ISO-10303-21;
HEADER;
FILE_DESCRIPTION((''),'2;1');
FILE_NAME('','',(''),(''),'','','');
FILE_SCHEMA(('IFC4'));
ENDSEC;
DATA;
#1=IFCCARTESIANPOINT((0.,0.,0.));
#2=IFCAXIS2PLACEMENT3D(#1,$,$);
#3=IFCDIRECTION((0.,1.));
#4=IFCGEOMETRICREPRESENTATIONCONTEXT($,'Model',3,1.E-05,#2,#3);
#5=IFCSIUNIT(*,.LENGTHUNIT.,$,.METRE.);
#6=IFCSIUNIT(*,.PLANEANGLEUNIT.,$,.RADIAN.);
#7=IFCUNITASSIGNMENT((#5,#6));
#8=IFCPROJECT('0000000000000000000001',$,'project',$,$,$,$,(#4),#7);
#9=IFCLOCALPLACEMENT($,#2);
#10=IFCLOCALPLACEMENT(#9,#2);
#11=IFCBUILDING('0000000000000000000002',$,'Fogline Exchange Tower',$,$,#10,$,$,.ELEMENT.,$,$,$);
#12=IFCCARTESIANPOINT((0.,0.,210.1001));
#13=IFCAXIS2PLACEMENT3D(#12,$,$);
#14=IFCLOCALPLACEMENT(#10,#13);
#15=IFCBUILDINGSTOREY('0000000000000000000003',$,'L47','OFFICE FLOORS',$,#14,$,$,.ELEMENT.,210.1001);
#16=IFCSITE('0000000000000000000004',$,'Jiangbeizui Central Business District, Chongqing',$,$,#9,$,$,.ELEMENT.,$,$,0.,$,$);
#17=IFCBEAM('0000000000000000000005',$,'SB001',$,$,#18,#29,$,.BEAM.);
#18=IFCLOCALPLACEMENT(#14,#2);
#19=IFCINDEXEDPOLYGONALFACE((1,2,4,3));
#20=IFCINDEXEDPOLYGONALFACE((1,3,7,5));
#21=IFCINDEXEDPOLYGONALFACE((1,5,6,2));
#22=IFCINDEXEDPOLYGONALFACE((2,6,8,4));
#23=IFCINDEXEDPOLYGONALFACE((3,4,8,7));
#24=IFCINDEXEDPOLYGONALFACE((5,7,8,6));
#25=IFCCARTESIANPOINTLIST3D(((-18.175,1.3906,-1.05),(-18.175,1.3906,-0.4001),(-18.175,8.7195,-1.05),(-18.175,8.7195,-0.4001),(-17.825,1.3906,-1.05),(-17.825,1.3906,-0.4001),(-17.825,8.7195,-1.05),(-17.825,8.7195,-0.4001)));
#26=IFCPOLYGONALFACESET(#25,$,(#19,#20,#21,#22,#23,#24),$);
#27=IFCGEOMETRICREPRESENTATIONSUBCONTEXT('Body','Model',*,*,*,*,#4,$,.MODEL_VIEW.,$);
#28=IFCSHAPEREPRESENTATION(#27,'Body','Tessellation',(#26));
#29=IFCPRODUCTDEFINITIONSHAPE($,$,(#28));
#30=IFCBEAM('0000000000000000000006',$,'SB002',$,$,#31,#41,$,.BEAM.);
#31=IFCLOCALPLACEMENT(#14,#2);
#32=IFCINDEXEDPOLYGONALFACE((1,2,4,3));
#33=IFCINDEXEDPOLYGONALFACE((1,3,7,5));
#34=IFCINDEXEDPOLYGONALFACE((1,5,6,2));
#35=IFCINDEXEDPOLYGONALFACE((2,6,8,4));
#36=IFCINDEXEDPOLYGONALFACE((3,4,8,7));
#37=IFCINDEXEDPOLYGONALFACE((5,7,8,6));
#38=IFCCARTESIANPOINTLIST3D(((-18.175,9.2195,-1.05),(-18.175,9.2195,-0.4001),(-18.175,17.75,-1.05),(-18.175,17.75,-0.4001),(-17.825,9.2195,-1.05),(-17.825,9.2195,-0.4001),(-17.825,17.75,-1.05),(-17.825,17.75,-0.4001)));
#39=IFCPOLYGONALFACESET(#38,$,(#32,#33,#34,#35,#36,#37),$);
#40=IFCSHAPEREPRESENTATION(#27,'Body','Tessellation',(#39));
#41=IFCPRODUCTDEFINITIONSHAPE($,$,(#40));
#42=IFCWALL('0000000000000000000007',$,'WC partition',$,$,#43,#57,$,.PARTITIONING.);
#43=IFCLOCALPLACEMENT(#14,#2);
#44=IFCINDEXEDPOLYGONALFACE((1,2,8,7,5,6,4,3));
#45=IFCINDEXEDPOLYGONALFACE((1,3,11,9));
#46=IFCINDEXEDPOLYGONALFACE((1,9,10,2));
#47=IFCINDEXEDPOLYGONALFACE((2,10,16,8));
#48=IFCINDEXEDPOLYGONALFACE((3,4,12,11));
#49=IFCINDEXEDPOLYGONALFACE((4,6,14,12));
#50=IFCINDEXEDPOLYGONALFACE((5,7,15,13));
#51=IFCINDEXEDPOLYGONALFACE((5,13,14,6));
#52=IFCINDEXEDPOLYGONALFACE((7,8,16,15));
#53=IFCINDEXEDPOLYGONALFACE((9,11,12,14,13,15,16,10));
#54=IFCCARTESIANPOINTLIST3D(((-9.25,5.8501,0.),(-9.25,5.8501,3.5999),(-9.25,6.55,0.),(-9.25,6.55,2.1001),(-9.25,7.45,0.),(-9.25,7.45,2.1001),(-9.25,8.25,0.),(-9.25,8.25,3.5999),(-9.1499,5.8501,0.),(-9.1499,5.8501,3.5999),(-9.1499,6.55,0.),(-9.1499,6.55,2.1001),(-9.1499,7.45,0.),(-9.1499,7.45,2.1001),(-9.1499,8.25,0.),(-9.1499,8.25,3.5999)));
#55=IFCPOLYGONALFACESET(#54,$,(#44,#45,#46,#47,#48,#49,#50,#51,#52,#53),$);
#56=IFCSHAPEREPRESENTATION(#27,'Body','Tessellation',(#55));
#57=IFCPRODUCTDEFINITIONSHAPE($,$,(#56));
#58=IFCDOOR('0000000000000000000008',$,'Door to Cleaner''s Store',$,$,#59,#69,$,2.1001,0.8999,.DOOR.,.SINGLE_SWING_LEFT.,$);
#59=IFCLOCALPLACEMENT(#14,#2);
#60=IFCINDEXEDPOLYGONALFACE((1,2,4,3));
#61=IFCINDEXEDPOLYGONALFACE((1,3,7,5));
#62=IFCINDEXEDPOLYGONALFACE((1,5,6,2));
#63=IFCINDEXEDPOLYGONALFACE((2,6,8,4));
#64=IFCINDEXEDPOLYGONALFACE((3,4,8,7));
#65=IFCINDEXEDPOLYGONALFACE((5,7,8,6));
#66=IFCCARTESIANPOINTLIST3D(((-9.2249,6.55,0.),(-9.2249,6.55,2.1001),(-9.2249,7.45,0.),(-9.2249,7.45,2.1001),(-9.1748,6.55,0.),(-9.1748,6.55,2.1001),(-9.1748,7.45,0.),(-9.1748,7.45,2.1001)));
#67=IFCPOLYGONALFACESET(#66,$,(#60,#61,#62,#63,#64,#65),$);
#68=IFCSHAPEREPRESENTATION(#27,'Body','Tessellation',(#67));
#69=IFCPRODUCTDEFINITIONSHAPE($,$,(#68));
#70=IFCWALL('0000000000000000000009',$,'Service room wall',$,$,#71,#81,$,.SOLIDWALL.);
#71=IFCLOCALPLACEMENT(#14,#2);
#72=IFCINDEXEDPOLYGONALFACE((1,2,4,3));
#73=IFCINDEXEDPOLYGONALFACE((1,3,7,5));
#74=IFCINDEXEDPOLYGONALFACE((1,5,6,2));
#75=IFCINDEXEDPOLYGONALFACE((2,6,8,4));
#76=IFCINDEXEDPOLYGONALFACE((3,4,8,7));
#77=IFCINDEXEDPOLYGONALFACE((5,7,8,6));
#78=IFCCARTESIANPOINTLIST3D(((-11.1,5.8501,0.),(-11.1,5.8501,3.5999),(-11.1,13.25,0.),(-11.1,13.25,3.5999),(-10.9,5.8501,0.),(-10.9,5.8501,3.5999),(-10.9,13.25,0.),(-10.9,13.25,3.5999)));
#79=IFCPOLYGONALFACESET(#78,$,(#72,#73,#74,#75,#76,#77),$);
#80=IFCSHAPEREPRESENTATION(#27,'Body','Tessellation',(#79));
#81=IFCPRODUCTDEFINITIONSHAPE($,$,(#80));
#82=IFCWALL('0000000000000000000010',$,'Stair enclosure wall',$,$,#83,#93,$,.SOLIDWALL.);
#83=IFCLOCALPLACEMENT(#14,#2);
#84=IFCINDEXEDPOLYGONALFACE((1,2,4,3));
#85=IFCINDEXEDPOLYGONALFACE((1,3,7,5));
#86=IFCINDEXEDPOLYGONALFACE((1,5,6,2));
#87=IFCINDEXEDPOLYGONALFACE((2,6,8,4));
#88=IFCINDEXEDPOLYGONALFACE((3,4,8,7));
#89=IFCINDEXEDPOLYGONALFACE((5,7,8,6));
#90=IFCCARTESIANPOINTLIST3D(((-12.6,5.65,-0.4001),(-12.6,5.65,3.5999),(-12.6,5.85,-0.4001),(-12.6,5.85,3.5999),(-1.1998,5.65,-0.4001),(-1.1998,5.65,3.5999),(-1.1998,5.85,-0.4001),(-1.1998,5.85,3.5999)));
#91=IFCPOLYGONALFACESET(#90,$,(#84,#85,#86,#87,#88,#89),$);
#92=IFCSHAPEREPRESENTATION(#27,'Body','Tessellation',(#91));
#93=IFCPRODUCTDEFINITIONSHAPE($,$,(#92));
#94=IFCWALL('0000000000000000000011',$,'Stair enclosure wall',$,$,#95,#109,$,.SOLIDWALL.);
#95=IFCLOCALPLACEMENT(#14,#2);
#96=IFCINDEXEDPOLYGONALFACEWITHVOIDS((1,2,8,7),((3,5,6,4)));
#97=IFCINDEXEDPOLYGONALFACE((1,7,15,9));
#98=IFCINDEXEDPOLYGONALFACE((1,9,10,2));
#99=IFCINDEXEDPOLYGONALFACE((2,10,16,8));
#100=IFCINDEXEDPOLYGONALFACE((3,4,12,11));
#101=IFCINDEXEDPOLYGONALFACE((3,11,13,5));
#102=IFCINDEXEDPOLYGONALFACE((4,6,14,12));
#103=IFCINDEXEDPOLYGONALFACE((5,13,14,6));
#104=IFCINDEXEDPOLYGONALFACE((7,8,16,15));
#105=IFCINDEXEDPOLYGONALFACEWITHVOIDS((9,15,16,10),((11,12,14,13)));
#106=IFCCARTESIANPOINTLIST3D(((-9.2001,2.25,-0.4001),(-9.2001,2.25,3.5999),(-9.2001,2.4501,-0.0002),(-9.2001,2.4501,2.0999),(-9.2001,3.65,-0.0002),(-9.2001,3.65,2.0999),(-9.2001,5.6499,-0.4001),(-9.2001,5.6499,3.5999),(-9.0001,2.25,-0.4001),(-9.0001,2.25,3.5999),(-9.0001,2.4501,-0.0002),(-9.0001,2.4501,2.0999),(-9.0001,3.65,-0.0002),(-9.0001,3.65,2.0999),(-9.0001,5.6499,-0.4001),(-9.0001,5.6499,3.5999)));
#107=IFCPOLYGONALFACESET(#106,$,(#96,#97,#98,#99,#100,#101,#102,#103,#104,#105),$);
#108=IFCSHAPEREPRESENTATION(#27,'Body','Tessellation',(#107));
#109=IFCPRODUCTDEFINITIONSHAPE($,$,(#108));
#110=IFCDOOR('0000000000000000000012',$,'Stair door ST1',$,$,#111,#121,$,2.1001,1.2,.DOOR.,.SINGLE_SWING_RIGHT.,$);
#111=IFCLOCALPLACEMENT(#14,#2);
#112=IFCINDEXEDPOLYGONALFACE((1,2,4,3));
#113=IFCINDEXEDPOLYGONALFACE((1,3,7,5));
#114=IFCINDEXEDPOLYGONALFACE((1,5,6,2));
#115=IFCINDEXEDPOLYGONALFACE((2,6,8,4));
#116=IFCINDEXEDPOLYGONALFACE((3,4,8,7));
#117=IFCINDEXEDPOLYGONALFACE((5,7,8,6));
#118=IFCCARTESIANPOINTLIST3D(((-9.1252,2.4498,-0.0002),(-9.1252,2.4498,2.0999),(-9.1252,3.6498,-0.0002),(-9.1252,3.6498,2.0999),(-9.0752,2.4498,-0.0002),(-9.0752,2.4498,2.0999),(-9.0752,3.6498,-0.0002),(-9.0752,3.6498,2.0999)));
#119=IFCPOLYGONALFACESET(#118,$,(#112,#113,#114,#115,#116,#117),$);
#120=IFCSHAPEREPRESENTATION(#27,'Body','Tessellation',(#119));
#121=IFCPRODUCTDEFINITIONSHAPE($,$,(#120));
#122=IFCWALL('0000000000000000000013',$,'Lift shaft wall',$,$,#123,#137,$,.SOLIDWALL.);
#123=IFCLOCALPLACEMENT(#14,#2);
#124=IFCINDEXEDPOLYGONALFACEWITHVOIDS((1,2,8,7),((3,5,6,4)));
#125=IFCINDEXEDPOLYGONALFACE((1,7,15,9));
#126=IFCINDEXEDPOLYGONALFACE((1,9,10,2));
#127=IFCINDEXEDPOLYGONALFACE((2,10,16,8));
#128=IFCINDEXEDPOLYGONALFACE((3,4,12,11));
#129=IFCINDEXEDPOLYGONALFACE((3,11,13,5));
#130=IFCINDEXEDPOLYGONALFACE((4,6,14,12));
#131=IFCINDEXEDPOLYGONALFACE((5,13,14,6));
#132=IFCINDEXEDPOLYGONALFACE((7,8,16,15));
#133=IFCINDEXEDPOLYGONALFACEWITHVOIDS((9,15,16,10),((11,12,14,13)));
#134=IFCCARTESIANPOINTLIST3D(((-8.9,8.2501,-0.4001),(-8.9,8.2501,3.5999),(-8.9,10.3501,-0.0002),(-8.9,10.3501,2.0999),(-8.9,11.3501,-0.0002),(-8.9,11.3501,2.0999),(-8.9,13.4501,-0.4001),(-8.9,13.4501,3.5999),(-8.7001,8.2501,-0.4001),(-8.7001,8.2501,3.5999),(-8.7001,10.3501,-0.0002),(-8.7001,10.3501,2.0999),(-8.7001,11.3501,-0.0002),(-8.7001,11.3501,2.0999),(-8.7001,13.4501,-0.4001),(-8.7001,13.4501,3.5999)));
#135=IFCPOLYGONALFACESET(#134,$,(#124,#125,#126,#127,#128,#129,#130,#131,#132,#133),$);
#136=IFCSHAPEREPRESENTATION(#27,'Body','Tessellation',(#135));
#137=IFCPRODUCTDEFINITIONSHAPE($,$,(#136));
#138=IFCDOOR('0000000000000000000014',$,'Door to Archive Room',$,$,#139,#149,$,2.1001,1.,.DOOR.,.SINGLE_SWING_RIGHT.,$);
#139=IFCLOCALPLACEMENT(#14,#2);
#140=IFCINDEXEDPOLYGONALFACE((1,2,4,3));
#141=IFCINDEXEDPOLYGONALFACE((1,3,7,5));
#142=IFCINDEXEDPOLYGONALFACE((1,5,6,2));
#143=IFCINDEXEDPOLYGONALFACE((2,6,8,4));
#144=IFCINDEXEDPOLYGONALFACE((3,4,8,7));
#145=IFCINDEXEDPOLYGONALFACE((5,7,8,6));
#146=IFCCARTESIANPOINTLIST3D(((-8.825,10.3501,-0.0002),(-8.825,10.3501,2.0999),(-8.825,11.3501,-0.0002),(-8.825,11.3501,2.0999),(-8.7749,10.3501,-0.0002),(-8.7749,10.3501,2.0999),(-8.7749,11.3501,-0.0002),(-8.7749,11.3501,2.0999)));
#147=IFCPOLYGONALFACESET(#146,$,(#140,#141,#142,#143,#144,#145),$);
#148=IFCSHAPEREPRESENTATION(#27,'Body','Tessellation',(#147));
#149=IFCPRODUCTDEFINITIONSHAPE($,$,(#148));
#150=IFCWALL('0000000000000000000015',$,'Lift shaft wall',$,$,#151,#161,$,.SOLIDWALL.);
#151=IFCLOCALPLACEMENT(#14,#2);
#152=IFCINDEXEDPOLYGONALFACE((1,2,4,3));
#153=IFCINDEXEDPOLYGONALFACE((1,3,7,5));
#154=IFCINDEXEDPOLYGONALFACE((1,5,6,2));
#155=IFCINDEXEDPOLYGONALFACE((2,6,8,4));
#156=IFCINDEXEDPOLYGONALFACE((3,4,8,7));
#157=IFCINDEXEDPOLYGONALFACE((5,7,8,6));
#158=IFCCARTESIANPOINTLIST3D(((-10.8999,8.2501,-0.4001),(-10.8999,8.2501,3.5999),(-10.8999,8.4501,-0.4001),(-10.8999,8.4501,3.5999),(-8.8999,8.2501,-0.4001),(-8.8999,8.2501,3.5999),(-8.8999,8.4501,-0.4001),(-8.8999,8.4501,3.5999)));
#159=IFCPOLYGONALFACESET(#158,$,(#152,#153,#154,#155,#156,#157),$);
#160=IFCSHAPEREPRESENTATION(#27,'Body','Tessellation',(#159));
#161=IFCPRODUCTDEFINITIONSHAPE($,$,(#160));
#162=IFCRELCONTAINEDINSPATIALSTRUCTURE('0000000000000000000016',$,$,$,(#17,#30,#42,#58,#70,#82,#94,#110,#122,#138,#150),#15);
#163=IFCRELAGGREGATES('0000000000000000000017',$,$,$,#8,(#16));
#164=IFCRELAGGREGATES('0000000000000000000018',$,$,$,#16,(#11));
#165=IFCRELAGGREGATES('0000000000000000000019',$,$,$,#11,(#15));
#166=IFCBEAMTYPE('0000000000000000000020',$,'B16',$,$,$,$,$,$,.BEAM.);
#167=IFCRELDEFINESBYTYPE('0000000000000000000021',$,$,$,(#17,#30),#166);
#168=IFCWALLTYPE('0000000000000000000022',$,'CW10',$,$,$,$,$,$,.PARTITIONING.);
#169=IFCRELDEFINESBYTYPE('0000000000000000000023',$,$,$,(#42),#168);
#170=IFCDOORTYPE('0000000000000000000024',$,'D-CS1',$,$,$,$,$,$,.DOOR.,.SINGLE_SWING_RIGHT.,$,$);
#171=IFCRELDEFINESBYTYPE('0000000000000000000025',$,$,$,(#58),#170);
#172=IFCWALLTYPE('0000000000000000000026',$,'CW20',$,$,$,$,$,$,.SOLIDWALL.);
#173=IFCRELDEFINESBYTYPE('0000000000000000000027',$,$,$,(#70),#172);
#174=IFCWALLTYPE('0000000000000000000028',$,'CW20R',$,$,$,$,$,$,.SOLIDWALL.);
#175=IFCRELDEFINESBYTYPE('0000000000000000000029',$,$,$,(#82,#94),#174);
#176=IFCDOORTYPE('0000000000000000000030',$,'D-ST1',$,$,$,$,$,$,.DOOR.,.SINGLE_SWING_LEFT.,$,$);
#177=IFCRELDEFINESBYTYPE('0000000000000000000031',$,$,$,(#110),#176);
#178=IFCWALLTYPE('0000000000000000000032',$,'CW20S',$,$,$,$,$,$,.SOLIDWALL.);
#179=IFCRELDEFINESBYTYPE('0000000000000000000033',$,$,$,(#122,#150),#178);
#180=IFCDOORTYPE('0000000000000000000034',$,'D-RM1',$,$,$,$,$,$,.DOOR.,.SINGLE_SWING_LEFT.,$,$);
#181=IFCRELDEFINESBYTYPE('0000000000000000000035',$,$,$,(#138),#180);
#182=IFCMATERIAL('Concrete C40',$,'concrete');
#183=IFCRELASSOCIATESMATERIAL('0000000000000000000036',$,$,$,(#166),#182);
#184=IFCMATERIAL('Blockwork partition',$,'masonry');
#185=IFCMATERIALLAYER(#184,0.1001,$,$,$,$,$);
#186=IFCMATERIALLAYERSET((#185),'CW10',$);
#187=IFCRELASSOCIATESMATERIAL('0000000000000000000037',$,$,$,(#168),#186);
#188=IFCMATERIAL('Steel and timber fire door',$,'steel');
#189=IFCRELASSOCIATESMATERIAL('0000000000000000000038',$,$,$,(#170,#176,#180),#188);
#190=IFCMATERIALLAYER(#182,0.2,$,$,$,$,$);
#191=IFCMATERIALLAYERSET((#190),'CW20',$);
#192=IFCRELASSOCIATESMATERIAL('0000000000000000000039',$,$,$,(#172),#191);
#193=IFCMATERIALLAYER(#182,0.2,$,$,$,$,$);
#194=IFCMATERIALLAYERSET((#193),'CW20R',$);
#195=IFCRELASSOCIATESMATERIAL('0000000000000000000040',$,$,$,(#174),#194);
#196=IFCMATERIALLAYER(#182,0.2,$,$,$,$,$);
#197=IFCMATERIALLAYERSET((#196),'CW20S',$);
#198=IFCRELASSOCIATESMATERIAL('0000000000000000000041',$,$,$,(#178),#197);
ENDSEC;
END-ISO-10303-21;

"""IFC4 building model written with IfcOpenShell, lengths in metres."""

from ifc_helpers import new_model, si_unit, direction, frame, frame_2d, origin, origin_2d, place, context, subcontext, project, spatial, rectangle, extrude, material, layer, layer_set, material_profile, profile_set, type_object, element, fill, save


model = new_model("IFC4")

# Units and contexts
model_context = context("Model", 3, precision=1e-05, world=origin(), true_north=direction((0.0, 1.0)))
body_context = subcontext(model_context, "Body", "Model", "MODEL_VIEW")
ifc_project = project(units=[si_unit("LENGTHUNIT", "METRE"), si_unit("PLANEANGLEUNIT", "RADIAN")], contexts=[model_context])

# Site, building, storey
site_placement = place(None, origin())
site = spatial("IfcSite", under=ifc_project, at=site_placement, Name="Jiangbeizui Central Business District, Chongqing", CompositionType="ELEMENT", RefElevation=0.0)
building_placement = place(site_placement, origin())
building = spatial("IfcBuilding", under=site, at=building_placement, Name="Fogline Exchange Tower", CompositionType="ELEMENT")
storey_placement = place(building_placement, frame((0.0, 0.0, 210.1001)))
storey = spatial("IfcBuildingStorey", under=building, at=storey_placement, Name="L47", Description="OFFICE FLOORS", CompositionType="ELEMENT", Elevation=210.1001)

# Beams
ifc_material_1 = material(Name="Concrete C40", Category="concrete")
ifc_material_profile = material_profile(ifc_material_1, rectangle(XDim=0.3501, YDim=0.6499, at=origin_2d()), Name="RC 350x650")
ifc_profile_set = profile_set([ifc_material_profile], Name="Concrete C40")
beam_type = type_object("IfcBeamType", Name="B16", PredefinedType="BEAM", material=ifc_profile_set)
beam_1_placement = place(storey_placement, frame((-18.0, 1.3906, -0.7251), z_axis=(0.0, 1.0, 0.0), x_axis=(-1.0, 0.0, 0.0)))
element("IfcBeam", 1, at=beam_1_placement, inside=storey, type_object=beam_type, Name="SB001", PredefinedType="BEAM", context=body_context, shape_type="SweptSolid", body=[
    extrude(rectangle(XDim=0.3501, YDim=0.6499, at=origin_2d()), origin(), (0.0, 0.0, 1.0), 7.3289),
])
beam_2_placement = place(storey_placement, frame((-18.0, 9.2195, -0.7251), z_axis=(0.0, 1.0, 0.0), x_axis=(-1.0, 0.0, 0.0)))
element("IfcBeam", 2, at=beam_2_placement, inside=storey, type_object=beam_type, Name="SB002", PredefinedType="BEAM", context=body_context, shape_type="SweptSolid", body=[
    extrude(rectangle(XDim=0.3501, YDim=0.6499, at=origin_2d()), origin(), (0.0, 0.0, 1.0), 8.5305),
])

# Wall, opening, door
ifc_material_2 = material(Name="Blockwork partition", Category="masonry")
ifc_layer_1 = layer(ifc_material_2, 0.1001)
ifc_layer_set_1 = layer_set([ifc_layer_1], Name="CW10")
wall_type_1 = type_object("IfcWallType", Name="CW10", PredefinedType="PARTITIONING", material=ifc_layer_set_1)
wall_1_placement = place(storey_placement, frame((-9.2, 5.8501, 0.0), z_axis=(0.0, 0.0, 1.0), x_axis=(0.0, 1.0, 0.0)))
wall_1 = element("IfcWall", 3, at=wall_1_placement, inside=storey, type_object=wall_type_1, Name="WC partition", PredefinedType="PARTITIONING", context=body_context, shape_type="SweptSolid", body=[
    extrude(rectangle(XDim=2.3999, YDim=0.1001, at=frame_2d((1.2, 0.0))), origin(), (0.0, 0.0, 1.0), 3.5999),
])
opening_1_placement = place(wall_1_placement, frame((0.7, 0.0, 0.0)))
opening_1 = element("IfcOpeningElement", 4, at=opening_1_placement, cuts=wall_1, PredefinedType="OPENING", context=body_context, shape_type="SweptSolid", body=[
    extrude(rectangle(XDim=0.8999, YDim=2.1001, at=frame_2d((0.45, 1.05))), frame((0.0, 0.0601, 0.0), z_axis=(0.0, -1.0, 0.0), x_axis=(1.0, 0.0, 0.0)), (0.0, 0.0, 1.0), 0.1201),
])
ifc_material_3 = material(Name="Steel and timber fire door", Category="steel")
door_type_1 = type_object("IfcDoorType", Name="D-CS1", OperationType="SINGLE_SWING_RIGHT", PredefinedType="DOOR", material=ifc_material_3)
door_1_placement = place(opening_1_placement, origin())
door_1 = element("IfcDoor", 5, at=door_1_placement, inside=storey, type_object=door_type_1, Name="Door to Cleaner's Store", OperationType="SINGLE_SWING_LEFT", OverallHeight=2.1001, OverallWidth=0.8999, PredefinedType="DOOR", context=body_context, shape_type="SweptSolid", body=[
    extrude(rectangle(XDim=0.8999, YDim=2.1001, at=frame_2d((0.45, 1.05))), frame((0.0, 0.0249, 0.0), z_axis=(0.0, -1.0, 0.0), x_axis=(1.0, 0.0, 0.0)), (0.0, 0.0, 1.0), 0.05),
])
fill(opening_1, door_1)

# Walls
ifc_layer_2 = layer(ifc_material_1, 0.2)
ifc_layer_set_2 = layer_set([ifc_layer_2], Name="CW20")
wall_type_2 = type_object("IfcWallType", Name="CW20", PredefinedType="SOLIDWALL", material=ifc_layer_set_2)
wall_2_placement = place(storey_placement, frame((-11.0, 5.8501, 0.0), z_axis=(0.0, 0.0, 1.0), x_axis=(0.0, 1.0, 0.0)))
element("IfcWall", 6, at=wall_2_placement, inside=storey, type_object=wall_type_2, Name="Service room wall", PredefinedType="SOLIDWALL", context=body_context, shape_type="SweptSolid", body=[
    extrude(rectangle(XDim=7.3999, YDim=0.2, at=frame_2d((3.7, 0.0))), origin(), (0.0, 0.0, 1.0), 3.5999),
])
ifc_layer_3 = layer(ifc_material_1, 0.2)
ifc_layer_set_3 = layer_set([ifc_layer_3], Name="CW20R")
wall_type_3 = type_object("IfcWallType", Name="CW20R", PredefinedType="SOLIDWALL", material=ifc_layer_set_3)
wall_3_placement = place(storey_placement, frame((-12.6001, 5.75, -0.4001), z_axis=(0.0, 0.0, 1.0), x_axis=(1.0, 0.0, 0.0)))
element("IfcWall", 7, at=wall_3_placement, inside=storey, type_object=wall_type_3, Name="Stair enclosure wall", PredefinedType="SOLIDWALL", context=body_context, shape_type="SweptSolid", body=[
    extrude(rectangle(XDim=11.4001, YDim=0.2, at=frame_2d((5.7002, 0.0))), origin(), (0.0, 0.0, 1.0), 4.0),
])

# Walls, openings, doors
wall_4_placement = place(storey_placement, frame((-9.1001, 2.25, -0.4001), z_axis=(0.0, 0.0, 1.0), x_axis=(0.0, 1.0, 0.0)))
wall_4 = element("IfcWall", 8, at=wall_4_placement, inside=storey, type_object=wall_type_3, Name="Stair enclosure wall", PredefinedType="SOLIDWALL", context=body_context, shape_type="SweptSolid", body=[
    extrude(rectangle(XDim=3.3999, YDim=0.2, at=frame_2d((1.7, 0.0))), origin(), (0.0, 0.0, 1.0), 4.0),
])
opening_2_placement = place(wall_4_placement, frame((0.2, 0.0, 0.3999)))
opening_2 = element("IfcOpeningElement", 9, at=opening_2_placement, cuts=wall_4, PredefinedType="OPENING", context=body_context, shape_type="SweptSolid", body=[
    extrude(rectangle(XDim=1.2, YDim=2.1001, at=frame_2d((0.6001, 1.05))), frame((0.0, 0.1099, 0.0), z_axis=(0.0, -1.0, 0.0), x_axis=(1.0, 0.0, 0.0)), (0.0, 0.0, 1.0), 0.22),
])
door_type_2 = type_object("IfcDoorType", Name="D-ST1", OperationType="SINGLE_SWING_LEFT", PredefinedType="DOOR", material=ifc_material_3)
door_2_placement = place(opening_2_placement, frame((1.2, 0.0, 0.0), z_axis=(0.0, 0.0, 1.0), x_axis=(-1.0, 0.0, 0.0)))
door_2 = element("IfcDoor", 10, at=door_2_placement, inside=storey, type_object=door_type_2, Name="Stair door ST1", OperationType="SINGLE_SWING_RIGHT", OverallHeight=2.1001, OverallWidth=1.2, PredefinedType="DOOR", context=body_context, shape_type="SweptSolid", body=[
    extrude(rectangle(XDim=1.2, YDim=2.1001, at=frame_2d((0.6001, 1.05))), frame((0.0, 0.0249, 0.0), z_axis=(0.0, -1.0, 0.0), x_axis=(1.0, 0.0, 0.0)), (0.0, 0.0, 1.0), 0.05),
])
fill(opening_2, door_2)
ifc_layer_4 = layer(ifc_material_1, 0.2)
ifc_layer_set_4 = layer_set([ifc_layer_4], Name="CW20S")
wall_type_4 = type_object("IfcWallType", Name="CW20S", PredefinedType="SOLIDWALL", material=ifc_layer_set_4)
wall_5_placement = place(storey_placement, frame((-8.8, 8.25, -0.4001), z_axis=(0.0, 0.0, 1.0), x_axis=(0.0, 1.0, 0.0)))
wall_5 = element("IfcWall", 11, at=wall_5_placement, inside=storey, type_object=wall_type_4, Name="Lift shaft wall", PredefinedType="SOLIDWALL", context=body_context, shape_type="SweptSolid", body=[
    extrude(rectangle(XDim=5.2, YDim=0.2, at=frame_2d((2.6001, 0.0))), origin(), (0.0, 0.0, 1.0), 4.0),
])
opening_3_placement = place(wall_5_placement, frame((2.1001, 0.0, 0.3999)))
opening_3 = element("IfcOpeningElement", 12, at=opening_3_placement, cuts=wall_5, PredefinedType="OPENING", context=body_context, shape_type="SweptSolid", body=[
    extrude(rectangle(XDim=1.0, YDim=2.1001, at=frame_2d((0.5, 1.05))), frame((0.0, 0.1099, 0.0), z_axis=(0.0, -1.0, 0.0), x_axis=(1.0, 0.0, 0.0)), (0.0, 0.0, 1.0), 0.22),
])
door_type_3 = type_object("IfcDoorType", Name="D-RM1", OperationType="SINGLE_SWING_LEFT", PredefinedType="DOOR", material=ifc_material_3)
door_3_placement = place(opening_3_placement, origin())
door_3 = element("IfcDoor", 13, at=door_3_placement, inside=storey, type_object=door_type_3, Name="Door to Archive Room", OperationType="SINGLE_SWING_RIGHT", OverallHeight=2.1001, OverallWidth=1.0, PredefinedType="DOOR", context=body_context, shape_type="SweptSolid", body=[
    extrude(rectangle(XDim=1.0, YDim=2.1001, at=frame_2d((0.5, 1.05))), frame((0.0, 0.0249, 0.0), z_axis=(0.0, -1.0, 0.0), x_axis=(1.0, 0.0, 0.0)), (0.0, 0.0, 1.0), 0.05),
])
fill(opening_3, door_3)

# Wall
wall_6_placement = place(storey_placement, frame((-10.8999, 8.3501, -0.4001), z_axis=(0.0, 0.0, 1.0), x_axis=(1.0, 0.0, 0.0)))
element("IfcWall", 14, at=wall_6_placement, inside=storey, type_object=wall_type_4, Name="Lift shaft wall", PredefinedType="SOLIDWALL", context=body_context, shape_type="SweptSolid", body=[
    extrude(rectangle(XDim=2.0, YDim=0.2, at=frame_2d((1.0, 0.0))), origin(), (0.0, 0.0, 1.0), 4.0),
])

save(model, "model.ifc")
